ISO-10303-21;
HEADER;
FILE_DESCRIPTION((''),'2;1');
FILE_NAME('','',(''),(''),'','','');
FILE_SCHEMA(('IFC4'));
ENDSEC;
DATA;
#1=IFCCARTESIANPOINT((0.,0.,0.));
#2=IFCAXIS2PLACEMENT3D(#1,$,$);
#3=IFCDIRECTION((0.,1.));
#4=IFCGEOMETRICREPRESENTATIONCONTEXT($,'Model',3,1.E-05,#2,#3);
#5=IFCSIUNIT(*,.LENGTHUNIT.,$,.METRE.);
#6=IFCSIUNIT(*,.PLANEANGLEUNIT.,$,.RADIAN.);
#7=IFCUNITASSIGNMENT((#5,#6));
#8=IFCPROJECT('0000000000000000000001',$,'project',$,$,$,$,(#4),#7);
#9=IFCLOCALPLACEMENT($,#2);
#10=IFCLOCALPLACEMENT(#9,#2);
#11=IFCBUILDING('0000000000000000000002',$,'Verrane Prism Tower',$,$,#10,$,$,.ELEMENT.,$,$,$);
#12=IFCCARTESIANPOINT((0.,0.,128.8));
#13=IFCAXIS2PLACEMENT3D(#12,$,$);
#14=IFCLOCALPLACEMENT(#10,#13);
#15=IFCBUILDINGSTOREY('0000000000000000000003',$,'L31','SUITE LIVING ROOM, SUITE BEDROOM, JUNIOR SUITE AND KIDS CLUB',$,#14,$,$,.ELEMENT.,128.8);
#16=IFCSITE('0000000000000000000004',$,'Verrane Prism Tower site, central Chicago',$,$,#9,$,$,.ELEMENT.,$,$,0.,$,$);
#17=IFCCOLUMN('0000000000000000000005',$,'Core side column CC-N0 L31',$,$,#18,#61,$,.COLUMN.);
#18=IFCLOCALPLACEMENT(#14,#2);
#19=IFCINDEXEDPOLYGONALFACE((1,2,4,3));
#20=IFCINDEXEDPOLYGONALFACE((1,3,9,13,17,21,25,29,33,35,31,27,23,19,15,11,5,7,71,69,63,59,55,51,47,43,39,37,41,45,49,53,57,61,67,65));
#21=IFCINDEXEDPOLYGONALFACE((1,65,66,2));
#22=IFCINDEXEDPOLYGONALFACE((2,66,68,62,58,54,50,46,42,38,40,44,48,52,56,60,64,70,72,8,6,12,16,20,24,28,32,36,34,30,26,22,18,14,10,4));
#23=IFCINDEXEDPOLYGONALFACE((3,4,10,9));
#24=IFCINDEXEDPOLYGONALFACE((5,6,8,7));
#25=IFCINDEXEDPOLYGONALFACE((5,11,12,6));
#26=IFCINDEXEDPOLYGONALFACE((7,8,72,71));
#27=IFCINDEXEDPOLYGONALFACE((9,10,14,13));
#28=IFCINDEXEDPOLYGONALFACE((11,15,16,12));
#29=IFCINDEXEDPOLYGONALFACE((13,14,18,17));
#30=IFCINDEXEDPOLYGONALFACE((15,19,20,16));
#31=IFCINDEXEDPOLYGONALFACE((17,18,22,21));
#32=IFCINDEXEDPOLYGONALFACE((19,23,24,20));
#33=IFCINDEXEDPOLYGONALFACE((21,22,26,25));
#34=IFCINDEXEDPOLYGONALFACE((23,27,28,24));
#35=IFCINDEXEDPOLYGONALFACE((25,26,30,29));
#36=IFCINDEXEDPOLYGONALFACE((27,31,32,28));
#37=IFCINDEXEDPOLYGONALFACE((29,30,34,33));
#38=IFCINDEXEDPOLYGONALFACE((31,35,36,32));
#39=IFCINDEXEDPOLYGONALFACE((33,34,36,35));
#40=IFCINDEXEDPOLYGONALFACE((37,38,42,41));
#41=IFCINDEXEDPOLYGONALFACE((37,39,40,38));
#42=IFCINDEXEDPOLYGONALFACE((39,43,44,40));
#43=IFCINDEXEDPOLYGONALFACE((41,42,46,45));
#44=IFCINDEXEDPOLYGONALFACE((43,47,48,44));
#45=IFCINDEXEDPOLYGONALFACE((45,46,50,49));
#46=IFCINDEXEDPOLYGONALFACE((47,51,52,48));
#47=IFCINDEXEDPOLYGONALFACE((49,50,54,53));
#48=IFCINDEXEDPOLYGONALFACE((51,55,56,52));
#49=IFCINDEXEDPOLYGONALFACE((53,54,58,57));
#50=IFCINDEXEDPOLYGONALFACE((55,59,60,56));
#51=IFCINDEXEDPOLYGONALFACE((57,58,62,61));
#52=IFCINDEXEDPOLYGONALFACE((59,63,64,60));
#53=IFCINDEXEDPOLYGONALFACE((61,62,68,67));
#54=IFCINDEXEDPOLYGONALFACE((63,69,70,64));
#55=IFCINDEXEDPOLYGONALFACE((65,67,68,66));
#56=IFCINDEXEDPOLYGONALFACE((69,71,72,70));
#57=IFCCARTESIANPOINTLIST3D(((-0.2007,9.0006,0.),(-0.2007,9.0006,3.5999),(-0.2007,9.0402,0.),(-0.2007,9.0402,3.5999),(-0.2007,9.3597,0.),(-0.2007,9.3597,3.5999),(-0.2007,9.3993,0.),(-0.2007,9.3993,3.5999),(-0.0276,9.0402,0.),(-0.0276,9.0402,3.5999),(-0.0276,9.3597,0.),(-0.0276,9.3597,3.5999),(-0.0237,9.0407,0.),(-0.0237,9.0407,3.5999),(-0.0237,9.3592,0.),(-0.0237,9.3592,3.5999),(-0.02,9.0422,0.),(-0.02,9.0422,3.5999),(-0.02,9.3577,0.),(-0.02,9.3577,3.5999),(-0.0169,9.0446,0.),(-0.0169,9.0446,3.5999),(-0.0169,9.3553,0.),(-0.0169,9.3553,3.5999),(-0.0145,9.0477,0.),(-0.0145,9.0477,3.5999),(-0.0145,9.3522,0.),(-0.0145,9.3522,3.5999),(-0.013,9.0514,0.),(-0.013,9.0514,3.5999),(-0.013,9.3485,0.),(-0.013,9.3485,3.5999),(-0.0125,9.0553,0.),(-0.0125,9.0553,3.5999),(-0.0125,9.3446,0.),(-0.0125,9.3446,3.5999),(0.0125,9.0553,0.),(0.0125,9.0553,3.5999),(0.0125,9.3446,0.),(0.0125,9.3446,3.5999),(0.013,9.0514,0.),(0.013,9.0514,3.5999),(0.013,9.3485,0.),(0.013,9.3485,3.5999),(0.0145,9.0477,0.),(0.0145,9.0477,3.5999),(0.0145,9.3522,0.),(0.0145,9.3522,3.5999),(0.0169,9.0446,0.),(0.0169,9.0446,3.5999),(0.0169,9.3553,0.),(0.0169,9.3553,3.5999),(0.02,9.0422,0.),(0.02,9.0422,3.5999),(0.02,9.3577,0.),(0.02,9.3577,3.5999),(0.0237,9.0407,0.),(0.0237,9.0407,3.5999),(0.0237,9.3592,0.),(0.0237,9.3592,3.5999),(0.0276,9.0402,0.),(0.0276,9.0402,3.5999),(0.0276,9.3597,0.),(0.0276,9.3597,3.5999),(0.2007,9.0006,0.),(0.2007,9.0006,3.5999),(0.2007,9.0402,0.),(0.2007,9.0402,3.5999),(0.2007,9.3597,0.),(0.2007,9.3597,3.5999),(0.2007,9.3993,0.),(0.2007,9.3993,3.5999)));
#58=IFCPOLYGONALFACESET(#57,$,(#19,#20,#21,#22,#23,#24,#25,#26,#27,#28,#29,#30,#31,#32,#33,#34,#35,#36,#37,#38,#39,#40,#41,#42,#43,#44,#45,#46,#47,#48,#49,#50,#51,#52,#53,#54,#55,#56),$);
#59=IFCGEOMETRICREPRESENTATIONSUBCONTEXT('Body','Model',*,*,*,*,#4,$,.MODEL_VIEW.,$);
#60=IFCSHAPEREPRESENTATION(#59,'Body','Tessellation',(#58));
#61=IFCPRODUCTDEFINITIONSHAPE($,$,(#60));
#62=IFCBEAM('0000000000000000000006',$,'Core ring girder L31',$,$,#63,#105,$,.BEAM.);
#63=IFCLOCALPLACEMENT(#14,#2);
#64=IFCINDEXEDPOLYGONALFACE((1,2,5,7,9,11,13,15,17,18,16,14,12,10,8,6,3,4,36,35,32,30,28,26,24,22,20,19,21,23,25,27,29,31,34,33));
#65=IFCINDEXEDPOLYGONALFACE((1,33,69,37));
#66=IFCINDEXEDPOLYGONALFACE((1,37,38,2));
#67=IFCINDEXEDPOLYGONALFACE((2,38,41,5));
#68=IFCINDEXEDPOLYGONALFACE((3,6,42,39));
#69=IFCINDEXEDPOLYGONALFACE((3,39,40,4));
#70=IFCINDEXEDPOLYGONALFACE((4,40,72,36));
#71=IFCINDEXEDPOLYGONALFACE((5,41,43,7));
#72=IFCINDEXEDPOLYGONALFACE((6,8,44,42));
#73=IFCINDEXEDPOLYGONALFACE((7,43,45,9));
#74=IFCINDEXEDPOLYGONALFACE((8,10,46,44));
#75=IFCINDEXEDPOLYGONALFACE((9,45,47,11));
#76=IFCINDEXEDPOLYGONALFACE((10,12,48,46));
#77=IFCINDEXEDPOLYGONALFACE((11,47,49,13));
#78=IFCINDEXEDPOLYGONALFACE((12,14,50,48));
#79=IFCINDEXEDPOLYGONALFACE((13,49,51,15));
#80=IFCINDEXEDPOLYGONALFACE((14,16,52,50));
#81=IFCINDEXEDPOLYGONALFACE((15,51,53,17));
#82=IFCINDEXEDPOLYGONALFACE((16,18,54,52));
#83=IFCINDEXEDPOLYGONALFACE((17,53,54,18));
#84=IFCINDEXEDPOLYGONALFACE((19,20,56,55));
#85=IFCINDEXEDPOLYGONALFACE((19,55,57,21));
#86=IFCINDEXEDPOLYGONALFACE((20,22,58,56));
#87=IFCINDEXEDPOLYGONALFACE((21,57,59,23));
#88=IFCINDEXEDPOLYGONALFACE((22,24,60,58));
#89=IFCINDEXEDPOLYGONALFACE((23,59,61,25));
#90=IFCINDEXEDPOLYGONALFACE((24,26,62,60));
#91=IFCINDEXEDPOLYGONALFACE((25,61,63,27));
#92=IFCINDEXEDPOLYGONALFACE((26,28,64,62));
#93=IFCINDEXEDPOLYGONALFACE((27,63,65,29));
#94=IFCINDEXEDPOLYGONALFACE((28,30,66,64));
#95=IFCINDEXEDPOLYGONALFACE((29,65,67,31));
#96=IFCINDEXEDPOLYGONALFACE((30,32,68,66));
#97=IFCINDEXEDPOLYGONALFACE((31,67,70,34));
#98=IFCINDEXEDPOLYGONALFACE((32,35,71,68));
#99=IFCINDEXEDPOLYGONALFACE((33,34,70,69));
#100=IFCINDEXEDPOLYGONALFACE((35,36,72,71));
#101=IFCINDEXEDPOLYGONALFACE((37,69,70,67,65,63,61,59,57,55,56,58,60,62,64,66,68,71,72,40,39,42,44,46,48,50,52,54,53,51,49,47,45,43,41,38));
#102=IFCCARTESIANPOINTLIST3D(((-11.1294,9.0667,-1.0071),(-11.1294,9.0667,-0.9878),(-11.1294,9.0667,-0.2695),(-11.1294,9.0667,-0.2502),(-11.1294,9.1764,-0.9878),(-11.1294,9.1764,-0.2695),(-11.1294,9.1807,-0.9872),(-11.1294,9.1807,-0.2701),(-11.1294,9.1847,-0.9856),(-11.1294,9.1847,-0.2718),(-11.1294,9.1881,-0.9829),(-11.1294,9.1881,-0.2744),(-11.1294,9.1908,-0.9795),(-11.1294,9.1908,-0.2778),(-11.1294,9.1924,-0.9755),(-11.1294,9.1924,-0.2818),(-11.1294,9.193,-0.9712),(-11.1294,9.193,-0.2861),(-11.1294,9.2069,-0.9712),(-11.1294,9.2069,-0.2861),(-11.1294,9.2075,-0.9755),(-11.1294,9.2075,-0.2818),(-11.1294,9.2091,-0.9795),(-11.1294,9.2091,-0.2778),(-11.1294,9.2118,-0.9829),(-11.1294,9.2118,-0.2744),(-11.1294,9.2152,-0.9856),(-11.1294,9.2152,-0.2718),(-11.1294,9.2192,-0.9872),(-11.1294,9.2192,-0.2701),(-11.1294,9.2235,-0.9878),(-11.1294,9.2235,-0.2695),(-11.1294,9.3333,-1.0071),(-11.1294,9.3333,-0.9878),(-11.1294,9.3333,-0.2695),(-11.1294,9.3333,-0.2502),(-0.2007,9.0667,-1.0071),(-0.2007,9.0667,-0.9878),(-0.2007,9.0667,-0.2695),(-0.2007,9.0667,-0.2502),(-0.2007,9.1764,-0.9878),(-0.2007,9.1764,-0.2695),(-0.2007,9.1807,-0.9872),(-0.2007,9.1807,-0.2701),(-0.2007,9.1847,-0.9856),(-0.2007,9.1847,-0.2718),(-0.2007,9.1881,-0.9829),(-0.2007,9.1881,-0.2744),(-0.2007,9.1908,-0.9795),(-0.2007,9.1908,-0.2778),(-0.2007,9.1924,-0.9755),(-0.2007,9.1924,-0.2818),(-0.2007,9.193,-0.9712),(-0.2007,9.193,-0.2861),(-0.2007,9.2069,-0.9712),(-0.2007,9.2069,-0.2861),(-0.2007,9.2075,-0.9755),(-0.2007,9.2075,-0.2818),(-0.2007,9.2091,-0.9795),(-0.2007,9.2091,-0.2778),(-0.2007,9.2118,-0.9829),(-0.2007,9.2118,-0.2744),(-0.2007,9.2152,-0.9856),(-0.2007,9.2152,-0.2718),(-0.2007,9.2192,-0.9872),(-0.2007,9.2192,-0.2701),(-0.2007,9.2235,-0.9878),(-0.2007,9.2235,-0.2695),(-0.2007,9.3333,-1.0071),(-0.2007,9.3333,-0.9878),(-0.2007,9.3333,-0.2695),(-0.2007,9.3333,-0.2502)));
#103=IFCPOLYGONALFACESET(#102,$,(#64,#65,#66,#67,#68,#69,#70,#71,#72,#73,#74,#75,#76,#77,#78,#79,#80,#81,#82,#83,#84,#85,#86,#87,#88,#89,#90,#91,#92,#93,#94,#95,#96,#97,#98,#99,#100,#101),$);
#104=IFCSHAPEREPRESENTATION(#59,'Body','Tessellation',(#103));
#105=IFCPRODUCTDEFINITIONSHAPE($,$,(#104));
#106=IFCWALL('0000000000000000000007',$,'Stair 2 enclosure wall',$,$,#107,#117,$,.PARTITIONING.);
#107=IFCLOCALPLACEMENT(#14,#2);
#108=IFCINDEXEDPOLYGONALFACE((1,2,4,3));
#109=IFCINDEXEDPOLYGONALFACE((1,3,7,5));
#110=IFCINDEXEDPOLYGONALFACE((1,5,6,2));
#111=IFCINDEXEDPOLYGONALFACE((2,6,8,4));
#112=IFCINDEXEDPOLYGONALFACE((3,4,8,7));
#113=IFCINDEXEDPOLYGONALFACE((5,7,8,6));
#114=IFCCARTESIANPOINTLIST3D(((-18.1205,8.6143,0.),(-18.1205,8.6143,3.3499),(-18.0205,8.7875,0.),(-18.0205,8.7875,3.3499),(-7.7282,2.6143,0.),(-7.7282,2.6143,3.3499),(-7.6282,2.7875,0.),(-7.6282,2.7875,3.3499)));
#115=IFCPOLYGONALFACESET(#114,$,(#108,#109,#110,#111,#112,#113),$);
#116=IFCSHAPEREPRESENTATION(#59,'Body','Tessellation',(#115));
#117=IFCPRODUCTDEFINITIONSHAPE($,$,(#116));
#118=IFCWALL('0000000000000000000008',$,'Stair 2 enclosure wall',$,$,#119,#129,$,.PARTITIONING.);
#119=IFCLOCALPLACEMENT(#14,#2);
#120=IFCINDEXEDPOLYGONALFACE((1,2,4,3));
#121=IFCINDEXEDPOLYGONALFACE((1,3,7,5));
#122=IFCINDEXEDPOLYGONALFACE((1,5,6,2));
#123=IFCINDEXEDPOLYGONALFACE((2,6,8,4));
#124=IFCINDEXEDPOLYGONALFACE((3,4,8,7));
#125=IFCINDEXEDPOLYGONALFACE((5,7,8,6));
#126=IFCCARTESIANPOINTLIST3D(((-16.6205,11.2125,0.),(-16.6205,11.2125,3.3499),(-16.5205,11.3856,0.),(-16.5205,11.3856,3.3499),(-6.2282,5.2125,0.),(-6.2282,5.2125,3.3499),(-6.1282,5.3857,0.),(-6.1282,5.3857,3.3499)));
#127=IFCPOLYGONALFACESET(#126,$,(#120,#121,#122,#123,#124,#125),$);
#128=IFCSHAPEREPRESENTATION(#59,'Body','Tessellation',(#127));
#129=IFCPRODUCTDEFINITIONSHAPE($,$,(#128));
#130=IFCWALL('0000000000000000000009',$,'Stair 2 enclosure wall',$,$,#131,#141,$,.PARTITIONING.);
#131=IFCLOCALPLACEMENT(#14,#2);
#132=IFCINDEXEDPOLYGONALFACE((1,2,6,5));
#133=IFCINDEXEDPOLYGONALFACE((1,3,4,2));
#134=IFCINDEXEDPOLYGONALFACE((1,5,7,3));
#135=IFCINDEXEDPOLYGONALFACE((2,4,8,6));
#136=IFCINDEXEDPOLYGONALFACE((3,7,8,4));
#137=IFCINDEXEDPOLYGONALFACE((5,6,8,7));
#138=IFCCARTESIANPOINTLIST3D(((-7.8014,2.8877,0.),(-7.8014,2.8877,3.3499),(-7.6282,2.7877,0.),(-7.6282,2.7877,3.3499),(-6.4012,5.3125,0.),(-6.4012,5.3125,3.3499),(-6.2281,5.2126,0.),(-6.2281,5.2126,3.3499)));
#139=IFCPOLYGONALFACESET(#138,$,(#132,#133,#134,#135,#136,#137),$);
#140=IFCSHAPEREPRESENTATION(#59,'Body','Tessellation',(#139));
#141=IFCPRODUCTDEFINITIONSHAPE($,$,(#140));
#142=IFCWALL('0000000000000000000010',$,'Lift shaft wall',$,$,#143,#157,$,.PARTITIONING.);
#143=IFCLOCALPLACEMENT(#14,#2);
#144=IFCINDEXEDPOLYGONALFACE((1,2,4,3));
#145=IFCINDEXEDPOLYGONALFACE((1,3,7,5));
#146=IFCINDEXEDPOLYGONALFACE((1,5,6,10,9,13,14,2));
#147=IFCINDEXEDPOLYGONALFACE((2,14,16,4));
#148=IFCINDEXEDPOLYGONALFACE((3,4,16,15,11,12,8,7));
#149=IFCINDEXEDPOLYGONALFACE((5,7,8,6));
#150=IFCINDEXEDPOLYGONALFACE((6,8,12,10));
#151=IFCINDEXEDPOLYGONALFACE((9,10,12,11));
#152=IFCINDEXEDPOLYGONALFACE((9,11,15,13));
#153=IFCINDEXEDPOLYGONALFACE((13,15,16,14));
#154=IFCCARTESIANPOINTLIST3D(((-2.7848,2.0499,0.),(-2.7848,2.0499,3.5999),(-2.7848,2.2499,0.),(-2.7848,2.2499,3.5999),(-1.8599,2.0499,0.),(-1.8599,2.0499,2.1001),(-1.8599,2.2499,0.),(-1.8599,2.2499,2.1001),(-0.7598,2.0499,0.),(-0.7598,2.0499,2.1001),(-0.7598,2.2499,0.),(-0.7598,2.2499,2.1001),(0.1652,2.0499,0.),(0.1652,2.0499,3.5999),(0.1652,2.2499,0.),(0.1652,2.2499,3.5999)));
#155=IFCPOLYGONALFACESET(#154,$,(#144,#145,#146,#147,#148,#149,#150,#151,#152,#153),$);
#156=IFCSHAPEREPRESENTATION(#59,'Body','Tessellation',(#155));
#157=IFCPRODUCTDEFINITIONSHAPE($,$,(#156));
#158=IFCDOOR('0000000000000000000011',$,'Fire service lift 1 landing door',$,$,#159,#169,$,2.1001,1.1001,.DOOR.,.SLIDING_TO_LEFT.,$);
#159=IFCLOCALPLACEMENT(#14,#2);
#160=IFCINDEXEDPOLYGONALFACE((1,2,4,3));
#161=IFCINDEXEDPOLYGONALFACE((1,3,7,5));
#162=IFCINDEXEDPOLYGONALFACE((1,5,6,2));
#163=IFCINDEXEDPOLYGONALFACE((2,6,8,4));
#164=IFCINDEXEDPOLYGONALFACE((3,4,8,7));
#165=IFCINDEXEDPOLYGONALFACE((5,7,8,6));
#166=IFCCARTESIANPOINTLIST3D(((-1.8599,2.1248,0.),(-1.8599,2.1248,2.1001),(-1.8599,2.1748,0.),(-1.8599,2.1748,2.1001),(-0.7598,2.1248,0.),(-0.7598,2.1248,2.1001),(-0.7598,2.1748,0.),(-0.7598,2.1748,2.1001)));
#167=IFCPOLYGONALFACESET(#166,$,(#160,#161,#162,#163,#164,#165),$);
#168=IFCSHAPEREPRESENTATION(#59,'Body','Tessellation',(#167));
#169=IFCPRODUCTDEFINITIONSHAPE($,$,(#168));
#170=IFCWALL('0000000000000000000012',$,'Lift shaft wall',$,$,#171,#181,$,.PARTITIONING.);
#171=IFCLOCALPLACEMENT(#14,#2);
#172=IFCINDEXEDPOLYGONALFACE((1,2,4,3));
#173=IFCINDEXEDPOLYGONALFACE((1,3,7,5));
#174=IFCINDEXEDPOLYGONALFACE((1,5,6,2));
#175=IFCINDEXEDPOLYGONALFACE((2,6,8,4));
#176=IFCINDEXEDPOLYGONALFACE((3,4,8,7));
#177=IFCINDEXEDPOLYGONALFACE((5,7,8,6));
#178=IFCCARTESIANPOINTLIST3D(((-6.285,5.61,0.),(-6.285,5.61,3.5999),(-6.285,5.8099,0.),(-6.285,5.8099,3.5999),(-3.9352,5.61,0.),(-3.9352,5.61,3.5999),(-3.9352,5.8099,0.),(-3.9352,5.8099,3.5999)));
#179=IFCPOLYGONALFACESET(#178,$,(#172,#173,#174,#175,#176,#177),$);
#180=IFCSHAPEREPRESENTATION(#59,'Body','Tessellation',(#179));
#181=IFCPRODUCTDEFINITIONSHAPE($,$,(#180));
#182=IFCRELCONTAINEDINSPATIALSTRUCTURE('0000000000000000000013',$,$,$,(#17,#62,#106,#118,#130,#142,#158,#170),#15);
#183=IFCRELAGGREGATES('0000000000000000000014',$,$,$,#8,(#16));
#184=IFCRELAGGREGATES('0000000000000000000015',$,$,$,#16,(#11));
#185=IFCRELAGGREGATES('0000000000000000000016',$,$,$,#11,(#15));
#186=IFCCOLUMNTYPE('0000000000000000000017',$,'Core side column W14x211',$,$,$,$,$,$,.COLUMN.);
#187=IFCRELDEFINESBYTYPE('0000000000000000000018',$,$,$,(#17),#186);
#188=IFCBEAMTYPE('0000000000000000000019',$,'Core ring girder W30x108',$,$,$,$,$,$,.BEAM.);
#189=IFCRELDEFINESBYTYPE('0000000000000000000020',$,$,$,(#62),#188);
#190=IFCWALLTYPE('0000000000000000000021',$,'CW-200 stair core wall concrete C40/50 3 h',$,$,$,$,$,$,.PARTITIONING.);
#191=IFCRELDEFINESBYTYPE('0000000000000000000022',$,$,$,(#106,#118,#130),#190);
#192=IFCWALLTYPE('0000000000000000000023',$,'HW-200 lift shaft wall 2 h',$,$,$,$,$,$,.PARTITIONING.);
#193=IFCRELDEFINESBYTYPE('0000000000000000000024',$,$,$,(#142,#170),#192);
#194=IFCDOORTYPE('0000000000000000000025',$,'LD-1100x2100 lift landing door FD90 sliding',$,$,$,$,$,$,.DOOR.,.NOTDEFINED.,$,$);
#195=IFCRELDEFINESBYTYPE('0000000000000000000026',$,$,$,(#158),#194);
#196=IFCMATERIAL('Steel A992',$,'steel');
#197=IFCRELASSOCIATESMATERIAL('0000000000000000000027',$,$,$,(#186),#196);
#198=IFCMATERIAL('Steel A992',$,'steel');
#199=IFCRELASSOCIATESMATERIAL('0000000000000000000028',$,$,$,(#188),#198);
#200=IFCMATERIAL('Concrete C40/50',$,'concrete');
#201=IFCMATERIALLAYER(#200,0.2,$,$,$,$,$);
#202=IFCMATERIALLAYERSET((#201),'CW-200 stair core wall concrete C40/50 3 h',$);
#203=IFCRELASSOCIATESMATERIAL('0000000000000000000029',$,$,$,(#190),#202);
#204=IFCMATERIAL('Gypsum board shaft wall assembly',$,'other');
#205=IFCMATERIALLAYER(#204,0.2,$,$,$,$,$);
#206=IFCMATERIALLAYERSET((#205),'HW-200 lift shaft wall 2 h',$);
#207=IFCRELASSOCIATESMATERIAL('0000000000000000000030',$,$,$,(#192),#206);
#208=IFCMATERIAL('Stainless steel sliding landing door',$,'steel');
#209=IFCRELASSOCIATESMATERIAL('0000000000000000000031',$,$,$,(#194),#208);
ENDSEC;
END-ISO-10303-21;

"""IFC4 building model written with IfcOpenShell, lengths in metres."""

from ifc_helpers import new_model, si_unit, direction, frame, frame_2d, origin, origin_2d, place, context, subcontext, project, spatial, rectangle, i_section, extrude, material, layer, layer_set, material_profile, profile_set, type_object, element, fill, save


model = new_model("IFC4")

# Units and contexts
model_context = context("Model", 3, precision=1e-05, world=origin(), true_north=direction((0.0, 1.0)))
body_context = subcontext(model_context, "Body", "Model", "MODEL_VIEW")
ifc_project = project(units=[si_unit("LENGTHUNIT", "METRE"), si_unit("PLANEANGLEUNIT", "RADIAN")], contexts=[model_context])

# Site, building, storey
site_placement = place(None, origin())
site = spatial("IfcSite", under=ifc_project, at=site_placement, Name="Verrane Prism Tower site, central Chicago", CompositionType="ELEMENT", RefElevation=0.0)
building_placement = place(site_placement, origin())
building = spatial("IfcBuilding", under=site, at=building_placement, Name="Verrane Prism Tower", CompositionType="ELEMENT")
storey_placement = place(building_placement, frame((0.0, 0.0, 128.8)))
storey = spatial("IfcBuildingStorey", under=building, at=storey_placement, Name="L31", Description="SUITE LIVING ROOM, SUITE BEDROOM, JUNIOR SUITE AND KIDS CLUB", CompositionType="ELEMENT", Elevation=128.8)

# Column
ifc_material_1 = material(Name="Steel A992", Category="steel")
ifc_material_profile_1 = material_profile(ifc_material_1, i_section(OverallWidth=0.4014, OverallDepth=0.3987, WebThickness=0.0249, FlangeThickness=0.0396, FilletRadius=0.0151, at=origin_2d()), Name="W14x211")
ifc_profile_set_1 = profile_set([ifc_material_profile_1], Name="Steel A992")
column_type = type_object("IfcColumnType", Name="Core side column W14x211", PredefinedType="COLUMN", material=ifc_profile_set_1)
column_placement = place(storey_placement, frame((0.0, 9.2, 0.0), z_axis=(0.0, 0.0, 1.0), x_axis=(1.0, 0.0, 0.0)))
element("IfcColumn", 1, at=column_placement, inside=storey, type_object=column_type, Name="Core side column CC-N0 L31", PredefinedType="COLUMN", context=body_context, shape_type="SweptSolid", body=[
    extrude(i_section(OverallWidth=0.4014, OverallDepth=0.3987, WebThickness=0.0249, FlangeThickness=0.0396, FilletRadius=0.0151, at=origin_2d()), origin(), (0.0, 0.0, 1.0), 3.5999),
])

# Beam
ifc_material_2 = material(Name="Steel A992", Category="steel")
ifc_material_profile_2 = material_profile(ifc_material_2, i_section(OverallWidth=0.2666, OverallDepth=0.7568, WebThickness=0.0139, FlangeThickness=0.0193, FilletRadius=0.0166, at=origin_2d()), Name="W30x108")
ifc_profile_set_2 = profile_set([ifc_material_profile_2], Name="Steel A992")
beam_type = type_object("IfcBeamType", Name="Core ring girder W30x108", PredefinedType="BEAM", material=ifc_profile_set_2)
beam_placement = place(storey_placement, frame((-0.2007, 9.2, -0.6287), z_axis=(-1.0, 0.0, 0.0), x_axis=(0.0, -1.0, 0.0)))
element("IfcBeam", 2, at=beam_placement, inside=storey, type_object=beam_type, Name="Core ring girder L31", PredefinedType="BEAM", context=body_context, shape_type="SweptSolid", body=[
    extrude(i_section(OverallWidth=0.2666, OverallDepth=0.7568, WebThickness=0.0139, FlangeThickness=0.0193, FilletRadius=0.0166, at=origin_2d()), origin(), (0.0, 0.0, 1.0), 10.9287),
])

# Walls
ifc_material_3 = material(Name="Concrete C40/50", Category="concrete")
ifc_layer_1 = layer(ifc_material_3, 0.2)
ifc_layer_set_1 = layer_set([ifc_layer_1], Name="CW-200 stair core wall concrete C40/50 3 h")
wall_type_1 = type_object("IfcWallType", Name="CW-200 stair core wall concrete C40/50 3 h", PredefinedType="PARTITIONING", material=ifc_layer_set_1)
for number, where, z_axis, x_axis, name in (
    (3, (-7.6782, 2.7009, 0.0), (0.0, 0.0, 1.0), (-0.866026, 0.499999, 0.0), "Stair 2 enclosure wall"),
    (4, (-6.1782, 5.2991, 0.0), (0.0, 0.0, 1.0), (-0.866026, 0.499999, 0.0), "Stair 2 enclosure wall"),
):
    element("IfcWall", number, at=place(storey_placement, frame(where, z_axis=z_axis, x_axis=x_axis)), inside=storey, type_object=wall_type_1, Name=name, PredefinedType="PARTITIONING", context=body_context, shape_type="SweptSolid", body=[
        extrude(rectangle(XDim=12.0, YDim=0.2, at=frame_2d((6.0, 0.0))), origin(), (0.0, 0.0, 1.0), 3.3499),
    ])
wall_1_placement = place(storey_placement, frame((-6.3147, 5.2625, 0.0), z_axis=(0.0, 0.0, 1.0), x_axis=(-0.50005, -0.865997, 0.0)))
element("IfcWall", 5, at=wall_1_placement, inside=storey, type_object=wall_type_1, Name="Stair 2 enclosure wall", PredefinedType="PARTITIONING", context=body_context, shape_type="SweptSolid", body=[
    extrude(rectangle(XDim=2.8, YDim=0.2, at=frame_2d((1.3999, 0.0))), origin(), (0.0, 0.0, 1.0), 3.3499),
])

# Wall, opening, door
ifc_material_4 = material(Name="Gypsum board shaft wall assembly", Category="other")
ifc_layer_2 = layer(ifc_material_4, 0.2)
ifc_layer_set_2 = layer_set([ifc_layer_2], Name="HW-200 lift shaft wall 2 h")
wall_type_2 = type_object("IfcWallType", Name="HW-200 lift shaft wall 2 h", PredefinedType="PARTITIONING", material=ifc_layer_set_2)
wall_2_placement = place(storey_placement, frame((-2.7849, 2.1499, 0.0), z_axis=(0.0, 0.0, 1.0), x_axis=(1.0, 0.0, 0.0)))
wall_2 = element("IfcWall", 6, at=wall_2_placement, inside=storey, type_object=wall_type_2, Name="Lift shaft wall", PredefinedType="PARTITIONING", context=body_context, shape_type="SweptSolid", body=[
    extrude(rectangle(XDim=2.95, YDim=0.2, at=frame_2d((1.4751, 0.0))), origin(), (0.0, 0.0, 1.0), 3.5999),
])
opening_1_placement = place(wall_2_placement, frame((0.925, 0.0, 0.0)))
opening_1 = element("IfcOpeningElement", 7, at=opening_1_placement, cuts=wall_2, PredefinedType="OPENING", context=body_context, shape_type="SweptSolid", body=[
    extrude(rectangle(XDim=1.1001, YDim=2.1001, at=frame_2d((0.55, 1.05))), frame((0.0, 0.1099, 0.0), z_axis=(0.0, -1.0, 0.0), x_axis=(1.0, 0.0, 0.0)), (0.0, 0.0, 1.0), 0.22),
])
ifc_material_5 = material(Name="Stainless steel sliding landing door", Category="steel")
door_type_1 = type_object("IfcDoorType", Name="LD-1100x2100 lift landing door FD90 sliding", OperationType="NOTDEFINED", PredefinedType="DOOR", material=ifc_material_5)
door_1_placement = place(opening_1_placement, origin())
door_1 = element("IfcDoor", 8, at=door_1_placement, inside=storey, type_object=door_type_1, Name="Fire service lift 1 landing door", OperationType="SLIDING_TO_LEFT", OverallHeight=2.1001, OverallWidth=1.1001, PredefinedType="DOOR", context=body_context, shape_type="SweptSolid", body=[
    extrude(rectangle(XDim=1.1001, YDim=2.1001, at=frame_2d((0.55, 1.05))), frame((0.0, 0.0249, 0.0), z_axis=(0.0, -1.0, 0.0), x_axis=(1.0, 0.0, 0.0)), (0.0, 0.0, 1.0), 0.05),
])
fill(opening_1, door_1)

# Wall
for number, where, z_axis, x_axis, name in (
    (9, (-6.2849, 5.71, 0.0), (0.0, 0.0, 1.0), (1.0, 0.0, 0.0), "Lift shaft wall"),
):
    element("IfcWall", number, at=place(storey_placement, frame(where, z_axis=z_axis, x_axis=x_axis)), inside=storey, type_object=wall_type_2, Name=name, PredefinedType="PARTITIONING", context=body_context, shape_type="SweptSolid", body=[
        extrude(rectangle(XDim=2.3499, YDim=0.2, at=frame_2d((1.1748, 0.0))), origin(), (0.0, 0.0, 1.0), 3.5999),
    ])

save(model, "model.ifc")
